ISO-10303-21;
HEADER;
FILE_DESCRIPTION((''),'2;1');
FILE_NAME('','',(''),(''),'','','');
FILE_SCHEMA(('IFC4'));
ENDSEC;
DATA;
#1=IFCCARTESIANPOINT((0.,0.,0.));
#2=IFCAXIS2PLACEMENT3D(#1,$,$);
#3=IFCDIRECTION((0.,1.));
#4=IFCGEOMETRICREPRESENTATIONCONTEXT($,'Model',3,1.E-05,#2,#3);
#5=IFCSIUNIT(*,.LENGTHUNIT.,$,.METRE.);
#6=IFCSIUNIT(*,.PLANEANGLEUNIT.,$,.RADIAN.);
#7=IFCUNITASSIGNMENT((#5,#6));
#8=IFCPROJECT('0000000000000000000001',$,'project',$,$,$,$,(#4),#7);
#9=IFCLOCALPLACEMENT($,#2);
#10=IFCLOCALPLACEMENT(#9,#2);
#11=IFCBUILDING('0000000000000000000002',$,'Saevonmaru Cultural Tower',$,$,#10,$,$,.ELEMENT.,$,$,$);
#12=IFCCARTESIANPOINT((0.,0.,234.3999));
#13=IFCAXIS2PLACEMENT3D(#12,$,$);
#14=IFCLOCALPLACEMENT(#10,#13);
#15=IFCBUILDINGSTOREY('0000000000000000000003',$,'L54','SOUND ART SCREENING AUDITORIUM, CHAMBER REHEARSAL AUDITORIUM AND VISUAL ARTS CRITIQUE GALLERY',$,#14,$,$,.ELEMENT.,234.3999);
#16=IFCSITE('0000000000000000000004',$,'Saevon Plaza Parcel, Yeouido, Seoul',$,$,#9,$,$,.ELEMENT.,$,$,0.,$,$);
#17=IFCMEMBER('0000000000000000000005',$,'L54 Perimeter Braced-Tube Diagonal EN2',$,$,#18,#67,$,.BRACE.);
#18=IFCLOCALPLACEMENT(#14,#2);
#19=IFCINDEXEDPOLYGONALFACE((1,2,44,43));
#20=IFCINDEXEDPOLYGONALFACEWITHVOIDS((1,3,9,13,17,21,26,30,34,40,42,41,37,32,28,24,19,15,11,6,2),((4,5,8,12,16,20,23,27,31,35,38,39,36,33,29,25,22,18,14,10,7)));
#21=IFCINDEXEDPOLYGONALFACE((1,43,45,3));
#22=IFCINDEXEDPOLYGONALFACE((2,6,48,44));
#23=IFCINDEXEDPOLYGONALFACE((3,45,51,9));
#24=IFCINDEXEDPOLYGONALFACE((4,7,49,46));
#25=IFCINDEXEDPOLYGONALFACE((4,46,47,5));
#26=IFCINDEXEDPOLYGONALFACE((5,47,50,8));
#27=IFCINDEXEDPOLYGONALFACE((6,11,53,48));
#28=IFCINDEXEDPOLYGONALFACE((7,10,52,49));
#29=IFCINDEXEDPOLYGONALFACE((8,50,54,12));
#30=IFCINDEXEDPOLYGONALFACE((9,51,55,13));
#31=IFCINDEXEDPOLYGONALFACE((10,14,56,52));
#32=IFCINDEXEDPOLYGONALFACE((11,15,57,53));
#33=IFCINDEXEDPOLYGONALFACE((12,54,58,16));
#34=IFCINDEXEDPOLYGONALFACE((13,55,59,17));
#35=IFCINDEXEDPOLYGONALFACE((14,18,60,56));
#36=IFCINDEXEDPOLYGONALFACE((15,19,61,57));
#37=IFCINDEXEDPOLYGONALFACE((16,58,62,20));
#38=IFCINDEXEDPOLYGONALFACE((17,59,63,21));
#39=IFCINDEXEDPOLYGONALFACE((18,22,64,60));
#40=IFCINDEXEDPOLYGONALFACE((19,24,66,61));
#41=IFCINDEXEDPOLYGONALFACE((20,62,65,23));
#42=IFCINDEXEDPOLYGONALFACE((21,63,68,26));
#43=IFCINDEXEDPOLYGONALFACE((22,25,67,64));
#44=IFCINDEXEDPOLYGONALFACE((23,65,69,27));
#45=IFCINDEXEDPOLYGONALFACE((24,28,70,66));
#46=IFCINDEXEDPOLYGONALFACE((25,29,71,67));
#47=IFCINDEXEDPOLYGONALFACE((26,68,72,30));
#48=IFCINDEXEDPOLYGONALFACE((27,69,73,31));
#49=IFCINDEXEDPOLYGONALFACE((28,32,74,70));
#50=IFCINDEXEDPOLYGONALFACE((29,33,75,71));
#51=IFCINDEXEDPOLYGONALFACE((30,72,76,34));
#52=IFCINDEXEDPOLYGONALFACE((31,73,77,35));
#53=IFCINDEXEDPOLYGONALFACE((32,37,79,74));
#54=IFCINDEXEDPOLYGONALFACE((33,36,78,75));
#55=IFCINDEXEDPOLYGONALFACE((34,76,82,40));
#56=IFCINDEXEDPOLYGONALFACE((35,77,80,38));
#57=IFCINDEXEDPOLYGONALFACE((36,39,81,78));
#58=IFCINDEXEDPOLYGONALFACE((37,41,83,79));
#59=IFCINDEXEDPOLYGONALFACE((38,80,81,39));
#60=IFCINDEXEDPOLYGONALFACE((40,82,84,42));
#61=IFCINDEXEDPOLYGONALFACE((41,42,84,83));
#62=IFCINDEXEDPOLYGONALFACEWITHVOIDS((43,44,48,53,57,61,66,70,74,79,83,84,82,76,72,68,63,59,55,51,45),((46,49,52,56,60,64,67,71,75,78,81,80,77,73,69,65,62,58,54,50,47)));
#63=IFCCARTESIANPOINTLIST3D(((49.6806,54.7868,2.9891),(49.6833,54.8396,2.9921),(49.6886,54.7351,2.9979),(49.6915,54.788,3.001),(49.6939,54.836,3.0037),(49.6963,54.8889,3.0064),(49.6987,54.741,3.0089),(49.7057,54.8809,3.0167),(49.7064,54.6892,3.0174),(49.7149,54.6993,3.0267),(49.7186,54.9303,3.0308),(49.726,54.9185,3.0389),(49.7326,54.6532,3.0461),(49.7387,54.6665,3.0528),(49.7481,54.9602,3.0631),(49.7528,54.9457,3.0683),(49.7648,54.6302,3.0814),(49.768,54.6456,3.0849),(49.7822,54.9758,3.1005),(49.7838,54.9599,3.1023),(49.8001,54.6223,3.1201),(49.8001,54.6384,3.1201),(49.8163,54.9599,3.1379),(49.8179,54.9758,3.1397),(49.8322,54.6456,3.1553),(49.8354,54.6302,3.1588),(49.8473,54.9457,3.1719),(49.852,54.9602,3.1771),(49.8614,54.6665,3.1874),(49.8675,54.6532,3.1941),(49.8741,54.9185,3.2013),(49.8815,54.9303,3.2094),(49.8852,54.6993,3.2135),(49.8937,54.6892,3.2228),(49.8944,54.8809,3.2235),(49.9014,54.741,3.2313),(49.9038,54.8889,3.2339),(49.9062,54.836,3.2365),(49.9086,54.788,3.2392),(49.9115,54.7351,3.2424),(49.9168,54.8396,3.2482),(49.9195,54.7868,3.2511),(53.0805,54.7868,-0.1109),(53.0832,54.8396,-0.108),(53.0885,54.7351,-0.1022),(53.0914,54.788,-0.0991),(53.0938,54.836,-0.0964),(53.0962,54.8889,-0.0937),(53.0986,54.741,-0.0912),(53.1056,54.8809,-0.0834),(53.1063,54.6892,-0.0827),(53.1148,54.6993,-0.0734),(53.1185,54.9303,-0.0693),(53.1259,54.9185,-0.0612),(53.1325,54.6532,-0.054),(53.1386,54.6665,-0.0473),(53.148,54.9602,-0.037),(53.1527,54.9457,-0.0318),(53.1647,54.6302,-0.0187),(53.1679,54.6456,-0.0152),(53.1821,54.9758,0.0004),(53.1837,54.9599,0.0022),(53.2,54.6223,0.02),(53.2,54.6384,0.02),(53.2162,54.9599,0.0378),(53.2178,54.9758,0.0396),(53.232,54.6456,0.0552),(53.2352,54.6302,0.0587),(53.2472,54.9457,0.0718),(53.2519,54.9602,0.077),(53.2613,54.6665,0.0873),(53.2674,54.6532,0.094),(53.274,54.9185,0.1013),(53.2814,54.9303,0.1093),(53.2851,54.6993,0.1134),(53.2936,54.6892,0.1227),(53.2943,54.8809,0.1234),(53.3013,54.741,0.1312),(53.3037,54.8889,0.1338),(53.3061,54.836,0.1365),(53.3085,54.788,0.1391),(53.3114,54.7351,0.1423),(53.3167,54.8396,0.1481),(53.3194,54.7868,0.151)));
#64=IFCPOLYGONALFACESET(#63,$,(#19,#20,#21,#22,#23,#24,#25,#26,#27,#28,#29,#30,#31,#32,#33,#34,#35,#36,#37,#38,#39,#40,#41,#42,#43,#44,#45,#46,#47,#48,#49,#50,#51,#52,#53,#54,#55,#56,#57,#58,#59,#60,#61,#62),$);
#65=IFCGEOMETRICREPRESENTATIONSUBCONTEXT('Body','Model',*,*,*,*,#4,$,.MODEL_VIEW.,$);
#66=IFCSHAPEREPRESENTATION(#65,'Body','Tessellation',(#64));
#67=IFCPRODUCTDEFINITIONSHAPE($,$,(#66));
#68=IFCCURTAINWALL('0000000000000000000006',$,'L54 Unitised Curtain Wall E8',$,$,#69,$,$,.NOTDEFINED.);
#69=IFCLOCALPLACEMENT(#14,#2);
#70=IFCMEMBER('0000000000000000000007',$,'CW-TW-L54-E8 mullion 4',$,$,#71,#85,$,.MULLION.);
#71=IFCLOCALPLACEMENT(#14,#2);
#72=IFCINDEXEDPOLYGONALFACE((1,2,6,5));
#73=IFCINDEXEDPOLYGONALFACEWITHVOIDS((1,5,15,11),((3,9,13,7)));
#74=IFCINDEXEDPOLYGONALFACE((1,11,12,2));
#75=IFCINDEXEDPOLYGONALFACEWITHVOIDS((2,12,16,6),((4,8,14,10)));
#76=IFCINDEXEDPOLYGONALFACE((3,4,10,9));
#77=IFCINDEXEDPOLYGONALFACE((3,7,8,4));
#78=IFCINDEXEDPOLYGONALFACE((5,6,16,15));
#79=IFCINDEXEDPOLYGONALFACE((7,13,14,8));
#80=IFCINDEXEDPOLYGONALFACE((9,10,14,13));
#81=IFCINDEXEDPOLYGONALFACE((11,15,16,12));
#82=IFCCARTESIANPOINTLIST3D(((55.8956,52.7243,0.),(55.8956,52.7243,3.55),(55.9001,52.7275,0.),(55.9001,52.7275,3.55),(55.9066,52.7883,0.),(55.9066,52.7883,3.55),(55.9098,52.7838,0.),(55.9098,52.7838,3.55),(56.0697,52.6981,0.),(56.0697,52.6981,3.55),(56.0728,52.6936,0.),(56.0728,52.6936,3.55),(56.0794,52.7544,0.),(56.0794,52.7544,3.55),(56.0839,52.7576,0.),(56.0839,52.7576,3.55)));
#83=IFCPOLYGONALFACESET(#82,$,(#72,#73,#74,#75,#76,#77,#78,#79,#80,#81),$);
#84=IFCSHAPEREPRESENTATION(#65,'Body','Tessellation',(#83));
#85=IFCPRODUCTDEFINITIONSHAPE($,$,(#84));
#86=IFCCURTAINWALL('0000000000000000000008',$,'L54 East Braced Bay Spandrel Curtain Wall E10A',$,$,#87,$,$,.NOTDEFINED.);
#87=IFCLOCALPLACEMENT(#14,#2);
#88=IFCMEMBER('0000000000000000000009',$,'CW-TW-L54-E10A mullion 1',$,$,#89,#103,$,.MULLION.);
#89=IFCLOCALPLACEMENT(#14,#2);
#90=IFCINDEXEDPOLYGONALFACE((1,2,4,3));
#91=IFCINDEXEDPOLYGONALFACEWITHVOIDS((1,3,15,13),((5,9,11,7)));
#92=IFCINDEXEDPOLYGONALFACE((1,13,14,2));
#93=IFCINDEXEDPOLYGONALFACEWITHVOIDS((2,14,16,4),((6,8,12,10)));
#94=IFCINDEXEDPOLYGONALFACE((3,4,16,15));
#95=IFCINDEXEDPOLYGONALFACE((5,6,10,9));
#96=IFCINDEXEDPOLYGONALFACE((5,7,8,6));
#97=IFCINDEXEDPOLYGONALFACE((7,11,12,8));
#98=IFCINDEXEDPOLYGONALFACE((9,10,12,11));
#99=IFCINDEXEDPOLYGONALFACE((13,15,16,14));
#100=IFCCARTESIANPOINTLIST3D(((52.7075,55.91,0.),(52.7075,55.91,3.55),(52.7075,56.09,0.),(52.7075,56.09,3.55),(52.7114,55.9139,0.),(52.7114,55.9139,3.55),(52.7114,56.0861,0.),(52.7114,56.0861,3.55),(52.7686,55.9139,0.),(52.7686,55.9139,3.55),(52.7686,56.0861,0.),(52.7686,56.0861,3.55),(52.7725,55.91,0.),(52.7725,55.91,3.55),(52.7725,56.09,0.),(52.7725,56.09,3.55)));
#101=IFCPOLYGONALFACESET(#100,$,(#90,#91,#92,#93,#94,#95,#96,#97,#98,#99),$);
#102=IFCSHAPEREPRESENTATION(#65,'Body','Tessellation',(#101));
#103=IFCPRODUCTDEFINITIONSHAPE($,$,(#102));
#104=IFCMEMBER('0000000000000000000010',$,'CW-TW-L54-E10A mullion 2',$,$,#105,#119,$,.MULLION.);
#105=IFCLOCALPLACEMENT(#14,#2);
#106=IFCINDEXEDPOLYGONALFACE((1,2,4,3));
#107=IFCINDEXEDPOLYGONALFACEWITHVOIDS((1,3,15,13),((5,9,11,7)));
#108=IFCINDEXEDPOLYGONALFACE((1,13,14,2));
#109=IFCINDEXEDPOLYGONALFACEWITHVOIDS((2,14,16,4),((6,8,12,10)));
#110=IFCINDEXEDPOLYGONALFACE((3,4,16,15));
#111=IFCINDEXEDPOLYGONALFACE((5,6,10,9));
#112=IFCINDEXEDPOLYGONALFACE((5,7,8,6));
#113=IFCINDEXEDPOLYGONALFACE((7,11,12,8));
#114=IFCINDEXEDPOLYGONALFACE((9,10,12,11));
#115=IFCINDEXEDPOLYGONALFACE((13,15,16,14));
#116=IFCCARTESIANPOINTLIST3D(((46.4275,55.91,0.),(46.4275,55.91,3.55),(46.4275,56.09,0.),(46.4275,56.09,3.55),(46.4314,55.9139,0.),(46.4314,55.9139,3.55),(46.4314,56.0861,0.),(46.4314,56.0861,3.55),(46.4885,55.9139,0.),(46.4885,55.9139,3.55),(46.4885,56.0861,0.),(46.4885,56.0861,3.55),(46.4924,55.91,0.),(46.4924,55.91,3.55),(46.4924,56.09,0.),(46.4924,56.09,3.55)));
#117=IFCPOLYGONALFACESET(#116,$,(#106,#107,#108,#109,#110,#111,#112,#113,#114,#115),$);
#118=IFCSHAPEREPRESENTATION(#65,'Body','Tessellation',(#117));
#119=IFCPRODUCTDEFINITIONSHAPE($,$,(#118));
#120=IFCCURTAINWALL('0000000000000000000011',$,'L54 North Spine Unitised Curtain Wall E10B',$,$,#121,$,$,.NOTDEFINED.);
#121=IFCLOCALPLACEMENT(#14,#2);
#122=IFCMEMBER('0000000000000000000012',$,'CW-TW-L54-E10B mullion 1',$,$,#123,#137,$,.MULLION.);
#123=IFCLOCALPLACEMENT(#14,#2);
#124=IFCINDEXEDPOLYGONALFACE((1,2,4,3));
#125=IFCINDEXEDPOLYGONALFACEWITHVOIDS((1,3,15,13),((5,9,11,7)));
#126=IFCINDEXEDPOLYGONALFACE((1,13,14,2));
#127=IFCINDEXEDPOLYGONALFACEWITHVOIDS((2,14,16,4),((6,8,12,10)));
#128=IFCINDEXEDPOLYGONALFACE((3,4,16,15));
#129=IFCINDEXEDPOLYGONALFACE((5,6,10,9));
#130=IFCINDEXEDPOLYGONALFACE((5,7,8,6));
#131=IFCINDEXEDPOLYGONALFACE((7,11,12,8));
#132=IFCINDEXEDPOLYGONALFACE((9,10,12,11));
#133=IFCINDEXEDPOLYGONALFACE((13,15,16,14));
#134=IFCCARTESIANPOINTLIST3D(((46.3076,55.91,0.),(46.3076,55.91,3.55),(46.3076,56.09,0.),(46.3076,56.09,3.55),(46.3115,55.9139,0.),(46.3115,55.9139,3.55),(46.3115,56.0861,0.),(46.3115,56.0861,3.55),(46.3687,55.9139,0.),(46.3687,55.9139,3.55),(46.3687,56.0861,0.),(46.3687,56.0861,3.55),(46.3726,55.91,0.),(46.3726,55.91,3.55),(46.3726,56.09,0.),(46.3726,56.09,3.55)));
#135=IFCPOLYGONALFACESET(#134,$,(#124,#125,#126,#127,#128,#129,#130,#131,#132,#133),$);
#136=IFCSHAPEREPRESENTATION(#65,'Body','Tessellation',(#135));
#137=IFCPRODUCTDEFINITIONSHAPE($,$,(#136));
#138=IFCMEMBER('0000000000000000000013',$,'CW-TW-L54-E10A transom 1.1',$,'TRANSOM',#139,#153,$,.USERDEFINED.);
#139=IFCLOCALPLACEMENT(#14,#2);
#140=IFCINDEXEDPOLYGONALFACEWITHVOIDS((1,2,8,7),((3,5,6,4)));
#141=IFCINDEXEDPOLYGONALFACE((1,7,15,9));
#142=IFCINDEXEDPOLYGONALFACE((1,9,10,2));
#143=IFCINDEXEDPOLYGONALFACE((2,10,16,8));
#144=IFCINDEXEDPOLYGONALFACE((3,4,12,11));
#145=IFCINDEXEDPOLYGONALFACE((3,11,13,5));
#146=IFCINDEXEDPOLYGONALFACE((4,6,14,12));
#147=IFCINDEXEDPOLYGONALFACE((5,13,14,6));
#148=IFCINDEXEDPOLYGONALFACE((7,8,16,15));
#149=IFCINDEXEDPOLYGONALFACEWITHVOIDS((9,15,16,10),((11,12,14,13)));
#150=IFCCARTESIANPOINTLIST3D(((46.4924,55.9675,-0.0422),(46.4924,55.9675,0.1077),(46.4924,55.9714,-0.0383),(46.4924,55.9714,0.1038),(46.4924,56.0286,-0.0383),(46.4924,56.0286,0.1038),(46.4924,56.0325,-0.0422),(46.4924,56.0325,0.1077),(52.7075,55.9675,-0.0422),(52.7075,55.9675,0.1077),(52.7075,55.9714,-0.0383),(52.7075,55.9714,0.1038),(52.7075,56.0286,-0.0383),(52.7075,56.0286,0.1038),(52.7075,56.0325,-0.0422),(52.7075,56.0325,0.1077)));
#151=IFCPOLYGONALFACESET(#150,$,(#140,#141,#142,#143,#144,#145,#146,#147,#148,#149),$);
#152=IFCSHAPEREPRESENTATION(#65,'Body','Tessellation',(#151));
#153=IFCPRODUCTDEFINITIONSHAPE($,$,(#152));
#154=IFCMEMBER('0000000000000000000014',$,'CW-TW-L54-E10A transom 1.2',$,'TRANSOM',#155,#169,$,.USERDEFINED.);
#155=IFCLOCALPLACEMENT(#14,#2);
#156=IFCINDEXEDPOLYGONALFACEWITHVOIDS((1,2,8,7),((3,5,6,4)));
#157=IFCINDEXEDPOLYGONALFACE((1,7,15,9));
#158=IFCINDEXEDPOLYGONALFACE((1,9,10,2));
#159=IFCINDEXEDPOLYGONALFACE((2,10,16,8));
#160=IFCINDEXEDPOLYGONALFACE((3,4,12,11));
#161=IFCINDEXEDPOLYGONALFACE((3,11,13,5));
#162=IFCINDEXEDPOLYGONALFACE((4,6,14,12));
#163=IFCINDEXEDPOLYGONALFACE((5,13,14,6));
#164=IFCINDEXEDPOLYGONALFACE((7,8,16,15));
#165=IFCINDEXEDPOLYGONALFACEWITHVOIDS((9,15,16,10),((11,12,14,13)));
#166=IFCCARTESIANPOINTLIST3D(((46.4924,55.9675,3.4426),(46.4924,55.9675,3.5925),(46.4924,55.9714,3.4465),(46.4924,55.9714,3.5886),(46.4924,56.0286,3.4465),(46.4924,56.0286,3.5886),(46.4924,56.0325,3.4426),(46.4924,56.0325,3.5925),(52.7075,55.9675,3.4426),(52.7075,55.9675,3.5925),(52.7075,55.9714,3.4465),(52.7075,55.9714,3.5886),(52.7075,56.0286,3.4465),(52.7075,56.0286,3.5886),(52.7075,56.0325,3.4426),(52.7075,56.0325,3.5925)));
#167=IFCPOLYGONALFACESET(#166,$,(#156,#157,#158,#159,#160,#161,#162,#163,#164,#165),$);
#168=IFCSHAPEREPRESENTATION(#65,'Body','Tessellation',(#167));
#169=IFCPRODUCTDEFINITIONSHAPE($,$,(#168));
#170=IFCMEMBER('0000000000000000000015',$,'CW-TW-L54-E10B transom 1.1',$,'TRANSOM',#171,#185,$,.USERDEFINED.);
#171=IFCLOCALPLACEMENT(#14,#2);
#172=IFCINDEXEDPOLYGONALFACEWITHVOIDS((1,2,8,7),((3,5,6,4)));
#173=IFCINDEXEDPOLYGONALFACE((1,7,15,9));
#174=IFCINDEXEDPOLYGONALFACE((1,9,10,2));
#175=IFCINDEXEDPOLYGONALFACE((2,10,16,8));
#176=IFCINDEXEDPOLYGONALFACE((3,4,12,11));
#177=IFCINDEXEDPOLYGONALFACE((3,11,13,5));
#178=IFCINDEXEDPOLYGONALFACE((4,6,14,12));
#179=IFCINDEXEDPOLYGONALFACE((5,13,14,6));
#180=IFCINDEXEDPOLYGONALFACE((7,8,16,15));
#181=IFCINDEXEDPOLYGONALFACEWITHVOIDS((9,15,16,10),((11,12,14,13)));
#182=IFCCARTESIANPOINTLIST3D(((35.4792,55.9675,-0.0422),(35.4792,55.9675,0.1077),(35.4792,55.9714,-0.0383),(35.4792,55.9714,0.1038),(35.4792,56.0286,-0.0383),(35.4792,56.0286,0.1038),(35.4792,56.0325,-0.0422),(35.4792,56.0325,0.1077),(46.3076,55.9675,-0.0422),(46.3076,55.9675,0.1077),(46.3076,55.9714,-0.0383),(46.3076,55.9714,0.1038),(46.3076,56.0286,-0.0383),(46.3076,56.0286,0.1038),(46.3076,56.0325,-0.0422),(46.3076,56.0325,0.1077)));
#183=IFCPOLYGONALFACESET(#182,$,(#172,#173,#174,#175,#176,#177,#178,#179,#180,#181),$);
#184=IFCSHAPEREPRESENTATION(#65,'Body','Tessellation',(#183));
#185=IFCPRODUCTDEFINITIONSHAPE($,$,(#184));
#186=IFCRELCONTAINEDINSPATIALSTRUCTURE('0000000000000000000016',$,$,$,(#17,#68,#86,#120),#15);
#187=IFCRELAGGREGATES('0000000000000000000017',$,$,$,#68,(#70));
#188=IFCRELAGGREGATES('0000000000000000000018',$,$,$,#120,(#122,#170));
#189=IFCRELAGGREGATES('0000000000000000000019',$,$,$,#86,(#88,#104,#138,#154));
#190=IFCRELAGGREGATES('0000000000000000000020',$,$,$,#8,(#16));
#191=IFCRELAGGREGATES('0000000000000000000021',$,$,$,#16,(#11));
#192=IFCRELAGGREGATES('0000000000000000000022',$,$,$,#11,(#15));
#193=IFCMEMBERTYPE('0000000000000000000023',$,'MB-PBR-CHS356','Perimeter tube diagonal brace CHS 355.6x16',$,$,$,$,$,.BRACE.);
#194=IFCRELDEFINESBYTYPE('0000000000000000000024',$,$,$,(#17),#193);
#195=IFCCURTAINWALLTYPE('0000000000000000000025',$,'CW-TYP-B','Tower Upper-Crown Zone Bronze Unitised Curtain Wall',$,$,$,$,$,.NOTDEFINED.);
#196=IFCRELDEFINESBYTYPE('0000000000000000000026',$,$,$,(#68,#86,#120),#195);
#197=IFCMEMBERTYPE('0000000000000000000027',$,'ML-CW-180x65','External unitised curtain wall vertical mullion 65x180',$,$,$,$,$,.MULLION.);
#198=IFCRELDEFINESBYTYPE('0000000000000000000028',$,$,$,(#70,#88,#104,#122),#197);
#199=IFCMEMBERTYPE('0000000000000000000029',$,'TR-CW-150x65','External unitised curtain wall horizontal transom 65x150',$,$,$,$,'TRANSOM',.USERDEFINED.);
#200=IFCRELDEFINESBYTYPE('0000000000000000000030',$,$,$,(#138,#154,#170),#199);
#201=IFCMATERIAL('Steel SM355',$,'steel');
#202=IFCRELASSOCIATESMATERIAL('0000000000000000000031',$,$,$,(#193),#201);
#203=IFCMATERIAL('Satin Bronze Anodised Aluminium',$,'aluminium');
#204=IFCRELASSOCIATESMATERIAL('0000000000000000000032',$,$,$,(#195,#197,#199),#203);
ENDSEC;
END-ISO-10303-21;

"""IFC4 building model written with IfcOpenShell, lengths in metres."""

from ifc_helpers import new_model, si_unit, direction, frame, origin, origin_2d, place, context, subcontext, project, spatial, hollow_rectangle, hollow_circle, extrude, material, material_profile, profile_set, type_object, element, aggregate, save


model = new_model("IFC4")

# Units and contexts
model_context = context("Model", 3, precision=1e-05, world=origin(), true_north=direction((0.0, 1.0)))
body_context = subcontext(model_context, "Body", "Model", "MODEL_VIEW")
ifc_project = project(units=[si_unit("LENGTHUNIT", "METRE"), si_unit("PLANEANGLEUNIT", "RADIAN")], contexts=[model_context])

# Site, building, storey
site_placement = place(None, origin())
site = spatial("IfcSite", under=ifc_project, at=site_placement, Name="Saevon Plaza Parcel, Yeouido, Seoul", CompositionType="ELEMENT", RefElevation=0.0)
building_placement = place(site_placement, origin())
building = spatial("IfcBuilding", under=site, at=building_placement, Name="Saevonmaru Cultural Tower", CompositionType="ELEMENT")
storey_placement = place(building_placement, frame((0.0, 0.0, 234.3999)))
storey = spatial("IfcBuildingStorey", under=building, at=storey_placement, Name="L54", Description="SOUND ART SCREENING AUDITORIUM, CHAMBER REHEARSAL AUDITORIUM AND VISUAL ARTS CRITIQUE GALLERY", CompositionType="ELEMENT", Elevation=234.3999)

# Shared definitions
ifc_material_1 = material(Name="Steel SM355", Category="steel")

# Member
ifc_material_profile_1 = material_profile(ifc_material_1, hollow_circle(Radius=0.1777, WallThickness=0.0161, at=origin_2d()), Name="CHS-355.6x16")
ifc_profile_set_1 = profile_set([ifc_material_profile_1], Name="Steel SM355")
member_type_1 = type_object("IfcMemberType", Name="MB-PBR-CHS356", Description="Perimeter tube diagonal brace CHS 355.6x16", PredefinedType="BRACE", material=ifc_profile_set_1)
member_1_placement = place(storey_placement, frame((53.2, 54.8, 0.02), z_axis=(-0.738936, 0.0, 0.673776), x_axis=(0.0, -1.0, 0.0)))
element("IfcMember", 1, at=member_1_placement, inside=storey, type_object=member_type_1, Name="L54 Perimeter Braced-Tube Diagonal EN2", PredefinedType="BRACE", context=body_context, shape_type="SweptSolid", body=[
    extrude(hollow_circle(Radius=0.1777, WallThickness=0.0161, at=origin_2d()), origin(), (0.0, 0.0, 1.0), 4.6011),
])

# Curtain wall, member
ifc_material_2 = material(Name="Satin Bronze Anodised Aluminium", Category="aluminium")
curtain_wall_type = type_object("IfcCurtainWallType", Name="CW-TYP-B", Description="Tower Upper-Crown Zone Bronze Unitised Curtain Wall", PredefinedType="NOTDEFINED", material=ifc_material_2)
curtain_wall_1_placement = place(storey_placement, origin())
curtain_wall_1 = element("IfcCurtainWall", 2, at=curtain_wall_1_placement, inside=storey, type_object=curtain_wall_type, Name="L54 Unitised Curtain Wall E8", PredefinedType="NOTDEFINED")
ifc_material_profile_2 = material_profile(ifc_material_2, hollow_rectangle(XDim=0.0649, YDim=0.1799, WallThickness=0.0039, at=origin_2d()), Name="ALU-MULL-180x65x4")
ifc_profile_set_2 = profile_set([ifc_material_profile_2], Name="Satin Bronze Anodised Aluminium")
member_type_2 = type_object("IfcMemberType", Name="ML-CW-180x65", Description="External unitised curtain wall vertical mullion 65x180", PredefinedType="MULLION", material=ifc_profile_set_2)
member_2_placement = place(storey_placement, frame((55.9897, 52.741, 0.0), z_axis=(0.0, 0.0, 1.0), x_axis=(0.17079, 0.985307, 0.0)))
member_2 = element("IfcMember", 3, at=member_2_placement, type_object=member_type_2, Name="CW-TW-L54-E8 mullion 4", PredefinedType="MULLION", context=body_context, shape_type="SweptSolid", body=[
    extrude(hollow_rectangle(XDim=0.0649, YDim=0.1799, WallThickness=0.0039, at=origin_2d()), origin(), (0.0, 0.0, 1.0), 3.55),
])
aggregate(curtain_wall_1, [member_2])

# Curtain wall, members
curtain_wall_2_placement = place(storey_placement, origin())
curtain_wall_2 = element("IfcCurtainWall", 4, at=curtain_wall_2_placement, inside=storey, type_object=curtain_wall_type, Name="L54 East Braced Bay Spandrel Curtain Wall E10A", PredefinedType="NOTDEFINED")
member_3_placement = place(storey_placement, frame((52.74, 56.0, 0.0), z_axis=(0.0, 0.0, 1.0), x_axis=(-1.0, 0.0, 0.0)))
member_3 = element("IfcMember", 5, at=member_3_placement, type_object=member_type_2, Name="CW-TW-L54-E10A mullion 1", PredefinedType="MULLION", context=body_context, shape_type="SweptSolid", body=[
    extrude(hollow_rectangle(XDim=0.0649, YDim=0.1799, WallThickness=0.0039, at=origin_2d()), origin(), (0.0, 0.0, 1.0), 3.55),
])
member_4_placement = place(storey_placement, frame((46.46, 56.0, 0.0), z_axis=(0.0, 0.0, 1.0), x_axis=(-1.0, 0.0, 0.0)))
member_4 = element("IfcMember", 6, at=member_4_placement, type_object=member_type_2, Name="CW-TW-L54-E10A mullion 2", PredefinedType="MULLION", context=body_context, shape_type="SweptSolid", body=[
    extrude(hollow_rectangle(XDim=0.0649, YDim=0.1799, WallThickness=0.0039, at=origin_2d()), origin(), (0.0, 0.0, 1.0), 3.55),
])

# Curtain wall, member
curtain_wall_3_placement = place(storey_placement, origin())
curtain_wall_3 = element("IfcCurtainWall", 7, at=curtain_wall_3_placement, inside=storey, type_object=curtain_wall_type, Name="L54 North Spine Unitised Curtain Wall E10B", PredefinedType="NOTDEFINED")
member_5_placement = place(storey_placement, frame((46.3401, 56.0, 0.0), z_axis=(0.0, 0.0, 1.0), x_axis=(-1.0, 0.0, 0.0)))
member_5 = element("IfcMember", 8, at=member_5_placement, type_object=member_type_2, Name="CW-TW-L54-E10B mullion 1", PredefinedType="MULLION", context=body_context, shape_type="SweptSolid", body=[
    extrude(hollow_rectangle(XDim=0.0649, YDim=0.1799, WallThickness=0.0039, at=origin_2d()), origin(), (0.0, 0.0, 1.0), 3.55),
])

# Members
ifc_material_profile_3 = material_profile(ifc_material_2, hollow_rectangle(XDim=0.0649, YDim=0.1499, WallThickness=0.0039, at=origin_2d()), Name="ALU-TRAN-150x65x4")
ifc_profile_set_3 = profile_set([ifc_material_profile_3], Name="Satin Bronze Anodised Aluminium")
member_type_3 = type_object("IfcMemberType", Name="TR-CW-150x65", Description="External unitised curtain wall horizontal transom 65x150", ElementType="TRANSOM", PredefinedType="USERDEFINED", material=ifc_profile_set_3)
member_6_placement = place(storey_placement, frame((52.7075, 56.0, 0.0327), z_axis=(-1.0, 0.0, 0.0), x_axis=(0.0, -1.0, 0.0)))
member_6 = element("IfcMember", 9, at=member_6_placement, type_object=member_type_3, Name="CW-TW-L54-E10A transom 1.1", ObjectType="TRANSOM", PredefinedType="USERDEFINED", context=body_context, shape_type="SweptSolid", body=[
    extrude(hollow_rectangle(XDim=0.0649, YDim=0.1499, WallThickness=0.0039, at=origin_2d()), origin(), (0.0, 0.0, 1.0), 6.2151),
])
member_7_placement = place(storey_placement, frame((52.7075, 56.0, 3.5176), z_axis=(-1.0, 0.0, 0.0), x_axis=(0.0, -1.0, 0.0)))
member_7 = element("IfcMember", 10, at=member_7_placement, type_object=member_type_3, Name="CW-TW-L54-E10A transom 1.2", ObjectType="TRANSOM", PredefinedType="USERDEFINED", context=body_context, shape_type="SweptSolid", body=[
    extrude(hollow_rectangle(XDim=0.0649, YDim=0.1499, WallThickness=0.0039, at=origin_2d()), origin(), (0.0, 0.0, 1.0), 6.2151),
])
member_8_placement = place(storey_placement, frame((46.3076, 56.0, 0.0327), z_axis=(-1.0, 0.0, 0.0), x_axis=(0.0, -1.0, 0.0)))
member_8 = element("IfcMember", 11, at=member_8_placement, type_object=member_type_3, Name="CW-TW-L54-E10B transom 1.1", ObjectType="TRANSOM", PredefinedType="USERDEFINED", context=body_context, shape_type="SweptSolid", body=[
    extrude(hollow_rectangle(XDim=0.0649, YDim=0.1499, WallThickness=0.0039, at=origin_2d()), origin(), (0.0, 0.0, 1.0), 10.8284),
])
aggregate(curtain_wall_3, [member_5, member_8])

aggregate(curtain_wall_2, [member_3, member_4, member_6, member_7])

save(model, "model.ifc")
